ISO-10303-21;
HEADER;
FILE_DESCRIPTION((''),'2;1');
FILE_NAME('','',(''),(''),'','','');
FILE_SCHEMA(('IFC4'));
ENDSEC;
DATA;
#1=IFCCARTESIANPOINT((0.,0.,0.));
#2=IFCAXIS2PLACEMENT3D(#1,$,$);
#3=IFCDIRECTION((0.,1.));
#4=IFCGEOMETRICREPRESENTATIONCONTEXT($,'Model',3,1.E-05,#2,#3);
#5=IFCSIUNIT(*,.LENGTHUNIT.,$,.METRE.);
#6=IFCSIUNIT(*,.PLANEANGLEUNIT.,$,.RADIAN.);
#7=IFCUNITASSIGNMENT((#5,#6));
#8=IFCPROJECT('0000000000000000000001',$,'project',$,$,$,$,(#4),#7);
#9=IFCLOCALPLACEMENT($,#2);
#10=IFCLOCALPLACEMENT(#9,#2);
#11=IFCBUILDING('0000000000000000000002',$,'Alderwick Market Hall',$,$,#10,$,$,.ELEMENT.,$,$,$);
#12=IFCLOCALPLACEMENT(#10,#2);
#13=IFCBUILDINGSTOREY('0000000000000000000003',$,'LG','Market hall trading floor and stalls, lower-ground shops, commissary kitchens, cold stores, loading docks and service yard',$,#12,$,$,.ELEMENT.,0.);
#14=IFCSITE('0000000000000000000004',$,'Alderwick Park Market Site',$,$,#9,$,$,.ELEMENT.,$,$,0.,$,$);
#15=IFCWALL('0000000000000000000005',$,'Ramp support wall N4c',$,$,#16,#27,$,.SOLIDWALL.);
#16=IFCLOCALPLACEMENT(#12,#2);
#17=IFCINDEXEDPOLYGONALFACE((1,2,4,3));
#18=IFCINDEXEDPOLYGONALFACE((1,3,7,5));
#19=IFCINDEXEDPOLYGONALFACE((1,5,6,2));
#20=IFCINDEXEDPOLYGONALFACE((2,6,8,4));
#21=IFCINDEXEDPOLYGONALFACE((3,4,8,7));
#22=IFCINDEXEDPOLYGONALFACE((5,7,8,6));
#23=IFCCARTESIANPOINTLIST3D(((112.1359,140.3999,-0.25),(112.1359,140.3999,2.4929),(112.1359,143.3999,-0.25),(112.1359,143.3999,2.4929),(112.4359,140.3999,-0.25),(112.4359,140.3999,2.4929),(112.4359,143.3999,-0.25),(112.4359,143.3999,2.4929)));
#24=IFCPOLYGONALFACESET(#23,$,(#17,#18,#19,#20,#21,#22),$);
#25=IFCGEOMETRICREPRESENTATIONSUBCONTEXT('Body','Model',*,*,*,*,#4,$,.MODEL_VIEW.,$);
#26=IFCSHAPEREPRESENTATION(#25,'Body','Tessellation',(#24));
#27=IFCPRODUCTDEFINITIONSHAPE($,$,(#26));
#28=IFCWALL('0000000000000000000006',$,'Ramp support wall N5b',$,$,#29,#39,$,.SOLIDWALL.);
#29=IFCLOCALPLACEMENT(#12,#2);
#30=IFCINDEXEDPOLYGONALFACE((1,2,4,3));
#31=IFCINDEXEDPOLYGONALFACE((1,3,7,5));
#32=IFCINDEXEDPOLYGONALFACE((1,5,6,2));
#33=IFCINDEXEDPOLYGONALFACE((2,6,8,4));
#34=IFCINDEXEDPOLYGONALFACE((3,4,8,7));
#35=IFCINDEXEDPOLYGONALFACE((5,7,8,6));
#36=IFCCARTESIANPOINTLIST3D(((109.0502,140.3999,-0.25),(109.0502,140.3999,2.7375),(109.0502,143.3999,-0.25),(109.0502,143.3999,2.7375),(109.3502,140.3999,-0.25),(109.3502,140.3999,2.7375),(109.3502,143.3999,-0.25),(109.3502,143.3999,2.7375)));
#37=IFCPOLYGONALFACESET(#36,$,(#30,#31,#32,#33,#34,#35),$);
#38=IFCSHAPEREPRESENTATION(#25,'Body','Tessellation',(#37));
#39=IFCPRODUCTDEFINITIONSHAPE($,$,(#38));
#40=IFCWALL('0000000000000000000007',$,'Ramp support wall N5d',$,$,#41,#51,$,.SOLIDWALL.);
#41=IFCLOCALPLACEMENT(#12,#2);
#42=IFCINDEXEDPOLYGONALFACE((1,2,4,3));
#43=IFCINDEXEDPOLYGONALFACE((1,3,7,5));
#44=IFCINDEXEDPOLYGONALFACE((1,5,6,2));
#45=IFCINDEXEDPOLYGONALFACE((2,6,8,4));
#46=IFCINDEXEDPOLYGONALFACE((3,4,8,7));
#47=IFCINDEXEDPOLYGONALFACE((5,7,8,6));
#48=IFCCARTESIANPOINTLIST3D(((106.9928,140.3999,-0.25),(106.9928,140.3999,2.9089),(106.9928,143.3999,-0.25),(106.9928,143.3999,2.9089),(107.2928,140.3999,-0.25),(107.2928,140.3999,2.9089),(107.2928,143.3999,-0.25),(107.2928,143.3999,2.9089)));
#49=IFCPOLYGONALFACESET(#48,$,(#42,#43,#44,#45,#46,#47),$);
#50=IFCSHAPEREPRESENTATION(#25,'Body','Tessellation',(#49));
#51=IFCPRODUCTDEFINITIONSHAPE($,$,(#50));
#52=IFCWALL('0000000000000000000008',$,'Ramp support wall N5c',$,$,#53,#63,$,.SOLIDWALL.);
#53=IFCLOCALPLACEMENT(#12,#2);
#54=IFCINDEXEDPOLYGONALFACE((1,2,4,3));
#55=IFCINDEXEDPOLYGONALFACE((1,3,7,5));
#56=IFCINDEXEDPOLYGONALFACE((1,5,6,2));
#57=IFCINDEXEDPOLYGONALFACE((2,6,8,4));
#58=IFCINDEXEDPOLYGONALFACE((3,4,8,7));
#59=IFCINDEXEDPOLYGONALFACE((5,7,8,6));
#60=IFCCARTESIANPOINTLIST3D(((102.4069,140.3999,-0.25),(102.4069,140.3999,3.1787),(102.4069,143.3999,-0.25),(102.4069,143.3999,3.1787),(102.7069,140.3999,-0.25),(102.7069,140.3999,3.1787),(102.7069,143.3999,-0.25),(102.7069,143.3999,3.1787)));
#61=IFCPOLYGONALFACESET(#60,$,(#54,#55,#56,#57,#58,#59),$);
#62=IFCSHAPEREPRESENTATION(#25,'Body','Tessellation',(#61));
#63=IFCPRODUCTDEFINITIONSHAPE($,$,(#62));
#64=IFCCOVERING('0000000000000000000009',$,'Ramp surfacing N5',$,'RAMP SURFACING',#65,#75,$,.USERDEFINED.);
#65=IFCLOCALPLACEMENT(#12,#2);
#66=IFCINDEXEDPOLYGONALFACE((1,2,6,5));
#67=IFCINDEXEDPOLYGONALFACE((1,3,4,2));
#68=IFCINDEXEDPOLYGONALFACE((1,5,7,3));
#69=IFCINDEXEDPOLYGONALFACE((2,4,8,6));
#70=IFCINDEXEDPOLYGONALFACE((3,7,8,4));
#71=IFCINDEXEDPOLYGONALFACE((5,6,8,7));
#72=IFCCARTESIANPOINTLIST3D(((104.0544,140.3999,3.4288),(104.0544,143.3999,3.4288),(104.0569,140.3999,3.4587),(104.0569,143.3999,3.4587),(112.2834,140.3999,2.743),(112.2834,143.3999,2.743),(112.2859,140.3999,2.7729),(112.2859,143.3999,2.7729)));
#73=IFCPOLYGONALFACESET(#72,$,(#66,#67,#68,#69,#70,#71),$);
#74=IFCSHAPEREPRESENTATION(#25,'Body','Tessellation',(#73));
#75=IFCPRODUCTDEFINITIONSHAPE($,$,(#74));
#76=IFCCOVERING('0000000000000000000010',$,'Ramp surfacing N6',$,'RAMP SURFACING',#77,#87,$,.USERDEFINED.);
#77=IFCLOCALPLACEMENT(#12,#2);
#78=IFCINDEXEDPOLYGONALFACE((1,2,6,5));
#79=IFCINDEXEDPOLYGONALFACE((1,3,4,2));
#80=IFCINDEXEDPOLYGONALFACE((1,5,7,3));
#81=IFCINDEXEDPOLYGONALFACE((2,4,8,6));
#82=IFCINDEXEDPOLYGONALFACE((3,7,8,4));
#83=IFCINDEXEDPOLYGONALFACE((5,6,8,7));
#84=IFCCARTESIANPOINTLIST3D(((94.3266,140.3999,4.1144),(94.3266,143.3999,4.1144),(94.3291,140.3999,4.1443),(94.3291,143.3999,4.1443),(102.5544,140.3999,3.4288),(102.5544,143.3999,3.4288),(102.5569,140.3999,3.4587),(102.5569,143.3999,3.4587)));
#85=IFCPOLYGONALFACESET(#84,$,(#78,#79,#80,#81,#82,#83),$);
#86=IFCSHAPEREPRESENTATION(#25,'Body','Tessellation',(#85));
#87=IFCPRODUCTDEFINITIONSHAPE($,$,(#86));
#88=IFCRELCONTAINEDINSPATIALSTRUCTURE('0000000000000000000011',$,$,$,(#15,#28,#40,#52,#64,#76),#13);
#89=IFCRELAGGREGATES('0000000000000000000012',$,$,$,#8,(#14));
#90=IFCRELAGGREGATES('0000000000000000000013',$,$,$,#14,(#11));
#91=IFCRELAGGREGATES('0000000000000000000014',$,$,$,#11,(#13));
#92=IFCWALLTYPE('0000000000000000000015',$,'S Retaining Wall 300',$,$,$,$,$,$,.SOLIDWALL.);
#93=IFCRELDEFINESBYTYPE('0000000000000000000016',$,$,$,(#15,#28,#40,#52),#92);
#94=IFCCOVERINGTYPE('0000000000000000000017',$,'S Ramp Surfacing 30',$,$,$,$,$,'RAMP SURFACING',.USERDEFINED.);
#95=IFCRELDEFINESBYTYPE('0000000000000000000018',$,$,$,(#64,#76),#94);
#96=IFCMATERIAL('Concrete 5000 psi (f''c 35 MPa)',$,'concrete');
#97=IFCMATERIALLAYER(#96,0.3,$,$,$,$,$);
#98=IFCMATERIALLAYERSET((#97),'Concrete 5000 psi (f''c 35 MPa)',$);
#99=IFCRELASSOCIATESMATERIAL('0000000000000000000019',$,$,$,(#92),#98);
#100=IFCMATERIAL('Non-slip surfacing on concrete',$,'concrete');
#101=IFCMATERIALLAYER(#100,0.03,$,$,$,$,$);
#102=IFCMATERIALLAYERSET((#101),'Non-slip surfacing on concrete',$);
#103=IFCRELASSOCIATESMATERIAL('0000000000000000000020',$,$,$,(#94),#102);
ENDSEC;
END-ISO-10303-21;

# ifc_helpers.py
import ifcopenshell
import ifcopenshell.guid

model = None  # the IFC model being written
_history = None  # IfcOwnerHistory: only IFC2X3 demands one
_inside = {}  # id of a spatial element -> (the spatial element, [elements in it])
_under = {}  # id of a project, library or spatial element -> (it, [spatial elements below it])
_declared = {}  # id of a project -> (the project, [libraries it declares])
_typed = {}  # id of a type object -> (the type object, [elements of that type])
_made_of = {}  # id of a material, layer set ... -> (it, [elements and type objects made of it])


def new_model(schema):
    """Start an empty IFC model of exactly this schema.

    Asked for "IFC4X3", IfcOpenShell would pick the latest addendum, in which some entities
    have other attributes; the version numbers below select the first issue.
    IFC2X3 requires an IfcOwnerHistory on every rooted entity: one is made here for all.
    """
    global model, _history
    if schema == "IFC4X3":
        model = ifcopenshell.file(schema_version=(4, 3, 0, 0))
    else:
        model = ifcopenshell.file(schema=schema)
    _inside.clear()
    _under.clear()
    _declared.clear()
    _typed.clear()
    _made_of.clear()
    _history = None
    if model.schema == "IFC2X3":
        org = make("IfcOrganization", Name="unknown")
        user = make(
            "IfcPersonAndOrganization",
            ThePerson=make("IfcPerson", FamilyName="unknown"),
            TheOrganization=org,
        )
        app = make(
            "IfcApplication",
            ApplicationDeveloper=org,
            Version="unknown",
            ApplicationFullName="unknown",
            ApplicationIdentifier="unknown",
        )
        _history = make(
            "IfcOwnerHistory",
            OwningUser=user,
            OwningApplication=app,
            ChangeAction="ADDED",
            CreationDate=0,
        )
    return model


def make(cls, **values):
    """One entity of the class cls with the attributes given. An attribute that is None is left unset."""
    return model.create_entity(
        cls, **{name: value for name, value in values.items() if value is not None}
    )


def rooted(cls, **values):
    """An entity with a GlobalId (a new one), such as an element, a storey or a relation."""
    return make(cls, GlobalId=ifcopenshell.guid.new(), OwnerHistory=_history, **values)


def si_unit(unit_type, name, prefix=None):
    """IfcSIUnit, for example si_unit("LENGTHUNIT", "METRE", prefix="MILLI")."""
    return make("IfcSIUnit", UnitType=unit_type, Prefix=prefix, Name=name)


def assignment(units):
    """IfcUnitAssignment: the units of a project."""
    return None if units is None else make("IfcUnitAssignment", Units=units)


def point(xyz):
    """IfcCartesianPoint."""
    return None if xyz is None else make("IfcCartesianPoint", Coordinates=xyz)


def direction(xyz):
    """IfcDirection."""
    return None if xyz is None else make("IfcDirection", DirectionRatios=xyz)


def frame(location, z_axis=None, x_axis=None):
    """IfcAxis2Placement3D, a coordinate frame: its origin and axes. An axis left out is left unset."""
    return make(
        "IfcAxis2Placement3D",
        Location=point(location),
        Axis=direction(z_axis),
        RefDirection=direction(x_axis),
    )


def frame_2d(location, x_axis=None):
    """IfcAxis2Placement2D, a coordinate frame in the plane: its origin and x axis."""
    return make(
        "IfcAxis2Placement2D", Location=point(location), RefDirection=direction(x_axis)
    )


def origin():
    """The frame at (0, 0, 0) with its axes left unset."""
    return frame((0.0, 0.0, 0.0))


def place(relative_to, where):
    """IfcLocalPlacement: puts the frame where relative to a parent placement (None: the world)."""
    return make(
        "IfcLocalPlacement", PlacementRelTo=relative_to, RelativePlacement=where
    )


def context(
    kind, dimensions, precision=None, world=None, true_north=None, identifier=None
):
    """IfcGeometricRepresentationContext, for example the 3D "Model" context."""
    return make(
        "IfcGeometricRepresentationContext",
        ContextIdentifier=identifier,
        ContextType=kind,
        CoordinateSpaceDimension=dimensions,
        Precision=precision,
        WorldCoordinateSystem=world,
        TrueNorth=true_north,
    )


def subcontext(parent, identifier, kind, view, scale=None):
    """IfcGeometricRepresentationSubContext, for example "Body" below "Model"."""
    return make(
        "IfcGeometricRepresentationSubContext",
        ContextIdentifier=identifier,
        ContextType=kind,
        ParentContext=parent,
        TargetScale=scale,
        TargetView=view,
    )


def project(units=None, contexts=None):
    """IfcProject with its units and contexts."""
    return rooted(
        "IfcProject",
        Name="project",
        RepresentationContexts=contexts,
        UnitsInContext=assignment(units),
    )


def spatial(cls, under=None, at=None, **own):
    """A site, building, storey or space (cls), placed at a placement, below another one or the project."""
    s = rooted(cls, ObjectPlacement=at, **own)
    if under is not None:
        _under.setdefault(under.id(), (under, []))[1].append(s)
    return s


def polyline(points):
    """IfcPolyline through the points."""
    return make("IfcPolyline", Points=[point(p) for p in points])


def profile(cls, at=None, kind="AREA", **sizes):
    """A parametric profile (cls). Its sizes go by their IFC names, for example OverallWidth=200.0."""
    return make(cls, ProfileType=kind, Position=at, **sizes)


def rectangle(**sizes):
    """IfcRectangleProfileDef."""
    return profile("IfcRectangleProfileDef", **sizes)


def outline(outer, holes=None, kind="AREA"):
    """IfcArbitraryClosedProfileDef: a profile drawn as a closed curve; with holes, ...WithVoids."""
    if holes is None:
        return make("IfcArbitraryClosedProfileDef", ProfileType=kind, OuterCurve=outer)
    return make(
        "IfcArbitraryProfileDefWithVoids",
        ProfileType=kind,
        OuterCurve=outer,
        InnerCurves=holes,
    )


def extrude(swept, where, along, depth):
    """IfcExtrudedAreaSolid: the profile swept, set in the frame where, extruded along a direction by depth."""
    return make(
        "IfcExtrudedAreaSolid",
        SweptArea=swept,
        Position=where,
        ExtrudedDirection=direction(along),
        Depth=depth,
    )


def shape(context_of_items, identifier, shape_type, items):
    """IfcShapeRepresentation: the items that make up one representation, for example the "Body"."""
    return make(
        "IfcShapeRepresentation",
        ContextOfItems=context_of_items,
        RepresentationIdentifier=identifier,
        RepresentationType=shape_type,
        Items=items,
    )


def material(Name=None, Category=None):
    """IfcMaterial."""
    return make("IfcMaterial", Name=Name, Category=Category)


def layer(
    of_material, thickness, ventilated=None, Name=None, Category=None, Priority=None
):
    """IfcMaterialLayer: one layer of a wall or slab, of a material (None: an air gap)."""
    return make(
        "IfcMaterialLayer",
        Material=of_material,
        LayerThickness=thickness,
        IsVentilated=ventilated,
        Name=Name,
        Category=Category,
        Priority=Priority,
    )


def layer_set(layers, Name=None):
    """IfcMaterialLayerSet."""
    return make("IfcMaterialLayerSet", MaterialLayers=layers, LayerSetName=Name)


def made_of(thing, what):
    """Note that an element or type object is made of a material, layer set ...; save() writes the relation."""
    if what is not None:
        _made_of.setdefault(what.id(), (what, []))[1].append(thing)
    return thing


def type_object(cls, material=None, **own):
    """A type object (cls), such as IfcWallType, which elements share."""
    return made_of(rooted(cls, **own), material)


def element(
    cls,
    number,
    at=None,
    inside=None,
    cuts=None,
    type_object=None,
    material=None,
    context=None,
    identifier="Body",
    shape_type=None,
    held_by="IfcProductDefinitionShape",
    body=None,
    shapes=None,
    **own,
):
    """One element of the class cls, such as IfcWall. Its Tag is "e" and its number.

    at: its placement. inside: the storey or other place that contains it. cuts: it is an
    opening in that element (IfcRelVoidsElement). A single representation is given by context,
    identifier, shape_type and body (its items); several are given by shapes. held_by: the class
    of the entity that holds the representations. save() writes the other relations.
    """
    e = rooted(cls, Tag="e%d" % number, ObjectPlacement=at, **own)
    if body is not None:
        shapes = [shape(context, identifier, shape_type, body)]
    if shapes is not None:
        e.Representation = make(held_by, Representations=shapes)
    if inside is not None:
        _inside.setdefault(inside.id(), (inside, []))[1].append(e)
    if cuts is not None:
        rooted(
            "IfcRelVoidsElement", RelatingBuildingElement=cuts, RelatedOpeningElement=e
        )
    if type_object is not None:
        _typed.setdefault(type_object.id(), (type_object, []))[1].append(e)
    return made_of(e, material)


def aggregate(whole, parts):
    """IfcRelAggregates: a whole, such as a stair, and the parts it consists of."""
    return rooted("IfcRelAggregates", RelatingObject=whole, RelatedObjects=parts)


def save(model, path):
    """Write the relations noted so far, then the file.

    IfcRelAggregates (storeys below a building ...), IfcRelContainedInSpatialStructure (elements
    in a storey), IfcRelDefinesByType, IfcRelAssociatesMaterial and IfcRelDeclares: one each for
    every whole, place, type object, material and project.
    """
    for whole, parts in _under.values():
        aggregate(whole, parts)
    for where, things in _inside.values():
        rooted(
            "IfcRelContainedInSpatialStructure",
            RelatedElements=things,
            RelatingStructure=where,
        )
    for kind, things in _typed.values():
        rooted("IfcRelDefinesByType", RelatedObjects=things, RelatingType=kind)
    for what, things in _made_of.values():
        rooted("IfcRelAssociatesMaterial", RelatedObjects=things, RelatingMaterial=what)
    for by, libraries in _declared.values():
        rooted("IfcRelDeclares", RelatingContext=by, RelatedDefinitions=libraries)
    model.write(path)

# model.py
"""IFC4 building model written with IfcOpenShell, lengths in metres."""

from ifc_helpers import new_model, si_unit, direction, frame, frame_2d, origin, place, context, subcontext, project, spatial, polyline, rectangle, outline, extrude, material, layer, layer_set, type_object, element, save


model = new_model("IFC4")

# Units and contexts
model_context = context("Model", 3, precision=1e-05, world=origin(), true_north=direction((0.0, 1.0)))
body_context = subcontext(model_context, "Body", "Model", "MODEL_VIEW")
ifc_project = project(units=[si_unit("LENGTHUNIT", "METRE"), si_unit("PLANEANGLEUNIT", "RADIAN")], contexts=[model_context])

# Site, building, storey
site_placement = place(None, origin())
site = spatial("IfcSite", under=ifc_project, at=site_placement, Name="Alderwick Park Market Site", CompositionType="ELEMENT", RefElevation=0.0)
building_placement = place(site_placement, origin())
building = spatial("IfcBuilding", under=site, at=building_placement, Name="Alderwick Market Hall", CompositionType="ELEMENT")
storey_placement = place(building_placement, origin())
storey = spatial("IfcBuildingStorey", under=building, at=storey_placement, Name="LG", Description="Market hall trading floor and stalls, lower-ground shops, commissary kitchens, cold stores, loading docks and service yard", CompositionType="ELEMENT", Elevation=0.0)

# Shared definitions
ifc_material_1 = material(Name="Concrete 5000 psi (f'c 35 MPa)", Category="concrete")

# Walls
ifc_layer_1 = layer(ifc_material_1, 0.3)
ifc_layer_set_1 = layer_set([ifc_layer_1], Name="Concrete 5000 psi (f'c 35 MPa)")
wall_type_1 = type_object("IfcWallType", Name="S Retaining Wall 300", PredefinedType="SOLIDWALL", material=ifc_layer_set_1)
wall_1_placement = place(storey_placement, frame((112.2859, 140.3999, -0.25), z_axis=(0.0, 0.0, 1.0), x_axis=(0.0, 1.0, 0.0)))
element("IfcWall", 1, at=wall_1_placement, inside=storey, type_object=wall_type_1, Name="Ramp support wall N4c", PredefinedType="SOLIDWALL", context=body_context, shape_type="SweptSolid", body=[
    extrude(rectangle(XDim=3.0, YDim=0.3, at=frame_2d((1.5, 0.0))), origin(), (0.0, 0.0, 1.0), 2.7429),
])
wall_2_placement = place(storey_placement, frame((109.2002, 140.3999, -0.25), z_axis=(0.0, 0.0, 1.0), x_axis=(0.0, 1.0, 0.0)))
element("IfcWall", 2, at=wall_2_placement, inside=storey, type_object=wall_type_1, Name="Ramp support wall N5b", PredefinedType="SOLIDWALL", context=body_context, shape_type="SweptSolid", body=[
    extrude(rectangle(XDim=3.0, YDim=0.3, at=frame_2d((1.5, 0.0))), origin(), (0.0, 0.0, 1.0), 2.9875),
])
wall_3_placement = place(storey_placement, frame((107.1428, 140.3999, -0.25), z_axis=(0.0, 0.0, 1.0), x_axis=(0.0, 1.0, 0.0)))
element("IfcWall", 3, at=wall_3_placement, inside=storey, type_object=wall_type_1, Name="Ramp support wall N5d", PredefinedType="SOLIDWALL", context=body_context, shape_type="SweptSolid", body=[
    extrude(rectangle(XDim=3.0, YDim=0.3, at=frame_2d((1.5, 0.0))), origin(), (0.0, 0.0, 1.0), 3.1589),
])
wall_4_placement = place(storey_placement, frame((102.5569, 140.3999, -0.25), z_axis=(0.0, 0.0, 1.0), x_axis=(0.0, 1.0, 0.0)))
element("IfcWall", 4, at=wall_4_placement, inside=storey, type_object=wall_type_1, Name="Ramp support wall N5c", PredefinedType="SOLIDWALL", context=body_context, shape_type="SweptSolid", body=[
    extrude(rectangle(XDim=3.0, YDim=0.3, at=frame_2d((1.5, 0.0))), origin(), (0.0, 0.0, 1.0), 3.4287),
])

# Coverings
ifc_material_2 = material(Name="Non-slip surfacing on concrete", Category="concrete")
ifc_layer_2 = layer(ifc_material_2, 0.03)
ifc_layer_set_2 = layer_set([ifc_layer_2], Name="Non-slip surfacing on concrete")
covering_type = type_object("IfcCoveringType", Name="S Ramp Surfacing 30", ElementType="RAMP SURFACING", PredefinedType="USERDEFINED", material=ifc_layer_set_2)
covering_1_placement = place(storey_placement, frame((112.2859, 140.3999, 2.7729), z_axis=(0.08305, 0.0, 0.996545), x_axis=(-0.996545, 0.0, 0.08305)))
element("IfcCovering", 5, at=covering_1_placement, inside=storey, type_object=covering_type, Name="Ramp surfacing N5", ObjectType="RAMP SURFACING", PredefinedType="USERDEFINED", context=body_context, shape_type="SweptSolid", body=[
    extrude(outline(polyline([(0.0, 0.0), (8.2575, 0.0), (8.2575, -3.0), (0.0, -3.0), (0.0, 0.0)])), origin(), (0.0, 0.0, -1.0), 0.03),
])
covering_2_placement = place(storey_placement, frame((102.5569, 140.3999, 3.4587), z_axis=(0.083033, 0.0, 0.996547), x_axis=(-0.996547, 0.0, 0.083033)))
element("IfcCovering", 6, at=covering_2_placement, inside=storey, type_object=covering_type, Name="Ramp surfacing N6", ObjectType="RAMP SURFACING", PredefinedType="USERDEFINED", context=body_context, shape_type="SweptSolid", body=[
    extrude(outline(polyline([(0.0, 0.0), (8.2563, 0.0), (8.2563, -3.0), (0.0, -3.0), (0.0, 0.0)])), origin(), (0.0, 0.0, -1.0), 0.03),
])

save(model, "model.ifc")
